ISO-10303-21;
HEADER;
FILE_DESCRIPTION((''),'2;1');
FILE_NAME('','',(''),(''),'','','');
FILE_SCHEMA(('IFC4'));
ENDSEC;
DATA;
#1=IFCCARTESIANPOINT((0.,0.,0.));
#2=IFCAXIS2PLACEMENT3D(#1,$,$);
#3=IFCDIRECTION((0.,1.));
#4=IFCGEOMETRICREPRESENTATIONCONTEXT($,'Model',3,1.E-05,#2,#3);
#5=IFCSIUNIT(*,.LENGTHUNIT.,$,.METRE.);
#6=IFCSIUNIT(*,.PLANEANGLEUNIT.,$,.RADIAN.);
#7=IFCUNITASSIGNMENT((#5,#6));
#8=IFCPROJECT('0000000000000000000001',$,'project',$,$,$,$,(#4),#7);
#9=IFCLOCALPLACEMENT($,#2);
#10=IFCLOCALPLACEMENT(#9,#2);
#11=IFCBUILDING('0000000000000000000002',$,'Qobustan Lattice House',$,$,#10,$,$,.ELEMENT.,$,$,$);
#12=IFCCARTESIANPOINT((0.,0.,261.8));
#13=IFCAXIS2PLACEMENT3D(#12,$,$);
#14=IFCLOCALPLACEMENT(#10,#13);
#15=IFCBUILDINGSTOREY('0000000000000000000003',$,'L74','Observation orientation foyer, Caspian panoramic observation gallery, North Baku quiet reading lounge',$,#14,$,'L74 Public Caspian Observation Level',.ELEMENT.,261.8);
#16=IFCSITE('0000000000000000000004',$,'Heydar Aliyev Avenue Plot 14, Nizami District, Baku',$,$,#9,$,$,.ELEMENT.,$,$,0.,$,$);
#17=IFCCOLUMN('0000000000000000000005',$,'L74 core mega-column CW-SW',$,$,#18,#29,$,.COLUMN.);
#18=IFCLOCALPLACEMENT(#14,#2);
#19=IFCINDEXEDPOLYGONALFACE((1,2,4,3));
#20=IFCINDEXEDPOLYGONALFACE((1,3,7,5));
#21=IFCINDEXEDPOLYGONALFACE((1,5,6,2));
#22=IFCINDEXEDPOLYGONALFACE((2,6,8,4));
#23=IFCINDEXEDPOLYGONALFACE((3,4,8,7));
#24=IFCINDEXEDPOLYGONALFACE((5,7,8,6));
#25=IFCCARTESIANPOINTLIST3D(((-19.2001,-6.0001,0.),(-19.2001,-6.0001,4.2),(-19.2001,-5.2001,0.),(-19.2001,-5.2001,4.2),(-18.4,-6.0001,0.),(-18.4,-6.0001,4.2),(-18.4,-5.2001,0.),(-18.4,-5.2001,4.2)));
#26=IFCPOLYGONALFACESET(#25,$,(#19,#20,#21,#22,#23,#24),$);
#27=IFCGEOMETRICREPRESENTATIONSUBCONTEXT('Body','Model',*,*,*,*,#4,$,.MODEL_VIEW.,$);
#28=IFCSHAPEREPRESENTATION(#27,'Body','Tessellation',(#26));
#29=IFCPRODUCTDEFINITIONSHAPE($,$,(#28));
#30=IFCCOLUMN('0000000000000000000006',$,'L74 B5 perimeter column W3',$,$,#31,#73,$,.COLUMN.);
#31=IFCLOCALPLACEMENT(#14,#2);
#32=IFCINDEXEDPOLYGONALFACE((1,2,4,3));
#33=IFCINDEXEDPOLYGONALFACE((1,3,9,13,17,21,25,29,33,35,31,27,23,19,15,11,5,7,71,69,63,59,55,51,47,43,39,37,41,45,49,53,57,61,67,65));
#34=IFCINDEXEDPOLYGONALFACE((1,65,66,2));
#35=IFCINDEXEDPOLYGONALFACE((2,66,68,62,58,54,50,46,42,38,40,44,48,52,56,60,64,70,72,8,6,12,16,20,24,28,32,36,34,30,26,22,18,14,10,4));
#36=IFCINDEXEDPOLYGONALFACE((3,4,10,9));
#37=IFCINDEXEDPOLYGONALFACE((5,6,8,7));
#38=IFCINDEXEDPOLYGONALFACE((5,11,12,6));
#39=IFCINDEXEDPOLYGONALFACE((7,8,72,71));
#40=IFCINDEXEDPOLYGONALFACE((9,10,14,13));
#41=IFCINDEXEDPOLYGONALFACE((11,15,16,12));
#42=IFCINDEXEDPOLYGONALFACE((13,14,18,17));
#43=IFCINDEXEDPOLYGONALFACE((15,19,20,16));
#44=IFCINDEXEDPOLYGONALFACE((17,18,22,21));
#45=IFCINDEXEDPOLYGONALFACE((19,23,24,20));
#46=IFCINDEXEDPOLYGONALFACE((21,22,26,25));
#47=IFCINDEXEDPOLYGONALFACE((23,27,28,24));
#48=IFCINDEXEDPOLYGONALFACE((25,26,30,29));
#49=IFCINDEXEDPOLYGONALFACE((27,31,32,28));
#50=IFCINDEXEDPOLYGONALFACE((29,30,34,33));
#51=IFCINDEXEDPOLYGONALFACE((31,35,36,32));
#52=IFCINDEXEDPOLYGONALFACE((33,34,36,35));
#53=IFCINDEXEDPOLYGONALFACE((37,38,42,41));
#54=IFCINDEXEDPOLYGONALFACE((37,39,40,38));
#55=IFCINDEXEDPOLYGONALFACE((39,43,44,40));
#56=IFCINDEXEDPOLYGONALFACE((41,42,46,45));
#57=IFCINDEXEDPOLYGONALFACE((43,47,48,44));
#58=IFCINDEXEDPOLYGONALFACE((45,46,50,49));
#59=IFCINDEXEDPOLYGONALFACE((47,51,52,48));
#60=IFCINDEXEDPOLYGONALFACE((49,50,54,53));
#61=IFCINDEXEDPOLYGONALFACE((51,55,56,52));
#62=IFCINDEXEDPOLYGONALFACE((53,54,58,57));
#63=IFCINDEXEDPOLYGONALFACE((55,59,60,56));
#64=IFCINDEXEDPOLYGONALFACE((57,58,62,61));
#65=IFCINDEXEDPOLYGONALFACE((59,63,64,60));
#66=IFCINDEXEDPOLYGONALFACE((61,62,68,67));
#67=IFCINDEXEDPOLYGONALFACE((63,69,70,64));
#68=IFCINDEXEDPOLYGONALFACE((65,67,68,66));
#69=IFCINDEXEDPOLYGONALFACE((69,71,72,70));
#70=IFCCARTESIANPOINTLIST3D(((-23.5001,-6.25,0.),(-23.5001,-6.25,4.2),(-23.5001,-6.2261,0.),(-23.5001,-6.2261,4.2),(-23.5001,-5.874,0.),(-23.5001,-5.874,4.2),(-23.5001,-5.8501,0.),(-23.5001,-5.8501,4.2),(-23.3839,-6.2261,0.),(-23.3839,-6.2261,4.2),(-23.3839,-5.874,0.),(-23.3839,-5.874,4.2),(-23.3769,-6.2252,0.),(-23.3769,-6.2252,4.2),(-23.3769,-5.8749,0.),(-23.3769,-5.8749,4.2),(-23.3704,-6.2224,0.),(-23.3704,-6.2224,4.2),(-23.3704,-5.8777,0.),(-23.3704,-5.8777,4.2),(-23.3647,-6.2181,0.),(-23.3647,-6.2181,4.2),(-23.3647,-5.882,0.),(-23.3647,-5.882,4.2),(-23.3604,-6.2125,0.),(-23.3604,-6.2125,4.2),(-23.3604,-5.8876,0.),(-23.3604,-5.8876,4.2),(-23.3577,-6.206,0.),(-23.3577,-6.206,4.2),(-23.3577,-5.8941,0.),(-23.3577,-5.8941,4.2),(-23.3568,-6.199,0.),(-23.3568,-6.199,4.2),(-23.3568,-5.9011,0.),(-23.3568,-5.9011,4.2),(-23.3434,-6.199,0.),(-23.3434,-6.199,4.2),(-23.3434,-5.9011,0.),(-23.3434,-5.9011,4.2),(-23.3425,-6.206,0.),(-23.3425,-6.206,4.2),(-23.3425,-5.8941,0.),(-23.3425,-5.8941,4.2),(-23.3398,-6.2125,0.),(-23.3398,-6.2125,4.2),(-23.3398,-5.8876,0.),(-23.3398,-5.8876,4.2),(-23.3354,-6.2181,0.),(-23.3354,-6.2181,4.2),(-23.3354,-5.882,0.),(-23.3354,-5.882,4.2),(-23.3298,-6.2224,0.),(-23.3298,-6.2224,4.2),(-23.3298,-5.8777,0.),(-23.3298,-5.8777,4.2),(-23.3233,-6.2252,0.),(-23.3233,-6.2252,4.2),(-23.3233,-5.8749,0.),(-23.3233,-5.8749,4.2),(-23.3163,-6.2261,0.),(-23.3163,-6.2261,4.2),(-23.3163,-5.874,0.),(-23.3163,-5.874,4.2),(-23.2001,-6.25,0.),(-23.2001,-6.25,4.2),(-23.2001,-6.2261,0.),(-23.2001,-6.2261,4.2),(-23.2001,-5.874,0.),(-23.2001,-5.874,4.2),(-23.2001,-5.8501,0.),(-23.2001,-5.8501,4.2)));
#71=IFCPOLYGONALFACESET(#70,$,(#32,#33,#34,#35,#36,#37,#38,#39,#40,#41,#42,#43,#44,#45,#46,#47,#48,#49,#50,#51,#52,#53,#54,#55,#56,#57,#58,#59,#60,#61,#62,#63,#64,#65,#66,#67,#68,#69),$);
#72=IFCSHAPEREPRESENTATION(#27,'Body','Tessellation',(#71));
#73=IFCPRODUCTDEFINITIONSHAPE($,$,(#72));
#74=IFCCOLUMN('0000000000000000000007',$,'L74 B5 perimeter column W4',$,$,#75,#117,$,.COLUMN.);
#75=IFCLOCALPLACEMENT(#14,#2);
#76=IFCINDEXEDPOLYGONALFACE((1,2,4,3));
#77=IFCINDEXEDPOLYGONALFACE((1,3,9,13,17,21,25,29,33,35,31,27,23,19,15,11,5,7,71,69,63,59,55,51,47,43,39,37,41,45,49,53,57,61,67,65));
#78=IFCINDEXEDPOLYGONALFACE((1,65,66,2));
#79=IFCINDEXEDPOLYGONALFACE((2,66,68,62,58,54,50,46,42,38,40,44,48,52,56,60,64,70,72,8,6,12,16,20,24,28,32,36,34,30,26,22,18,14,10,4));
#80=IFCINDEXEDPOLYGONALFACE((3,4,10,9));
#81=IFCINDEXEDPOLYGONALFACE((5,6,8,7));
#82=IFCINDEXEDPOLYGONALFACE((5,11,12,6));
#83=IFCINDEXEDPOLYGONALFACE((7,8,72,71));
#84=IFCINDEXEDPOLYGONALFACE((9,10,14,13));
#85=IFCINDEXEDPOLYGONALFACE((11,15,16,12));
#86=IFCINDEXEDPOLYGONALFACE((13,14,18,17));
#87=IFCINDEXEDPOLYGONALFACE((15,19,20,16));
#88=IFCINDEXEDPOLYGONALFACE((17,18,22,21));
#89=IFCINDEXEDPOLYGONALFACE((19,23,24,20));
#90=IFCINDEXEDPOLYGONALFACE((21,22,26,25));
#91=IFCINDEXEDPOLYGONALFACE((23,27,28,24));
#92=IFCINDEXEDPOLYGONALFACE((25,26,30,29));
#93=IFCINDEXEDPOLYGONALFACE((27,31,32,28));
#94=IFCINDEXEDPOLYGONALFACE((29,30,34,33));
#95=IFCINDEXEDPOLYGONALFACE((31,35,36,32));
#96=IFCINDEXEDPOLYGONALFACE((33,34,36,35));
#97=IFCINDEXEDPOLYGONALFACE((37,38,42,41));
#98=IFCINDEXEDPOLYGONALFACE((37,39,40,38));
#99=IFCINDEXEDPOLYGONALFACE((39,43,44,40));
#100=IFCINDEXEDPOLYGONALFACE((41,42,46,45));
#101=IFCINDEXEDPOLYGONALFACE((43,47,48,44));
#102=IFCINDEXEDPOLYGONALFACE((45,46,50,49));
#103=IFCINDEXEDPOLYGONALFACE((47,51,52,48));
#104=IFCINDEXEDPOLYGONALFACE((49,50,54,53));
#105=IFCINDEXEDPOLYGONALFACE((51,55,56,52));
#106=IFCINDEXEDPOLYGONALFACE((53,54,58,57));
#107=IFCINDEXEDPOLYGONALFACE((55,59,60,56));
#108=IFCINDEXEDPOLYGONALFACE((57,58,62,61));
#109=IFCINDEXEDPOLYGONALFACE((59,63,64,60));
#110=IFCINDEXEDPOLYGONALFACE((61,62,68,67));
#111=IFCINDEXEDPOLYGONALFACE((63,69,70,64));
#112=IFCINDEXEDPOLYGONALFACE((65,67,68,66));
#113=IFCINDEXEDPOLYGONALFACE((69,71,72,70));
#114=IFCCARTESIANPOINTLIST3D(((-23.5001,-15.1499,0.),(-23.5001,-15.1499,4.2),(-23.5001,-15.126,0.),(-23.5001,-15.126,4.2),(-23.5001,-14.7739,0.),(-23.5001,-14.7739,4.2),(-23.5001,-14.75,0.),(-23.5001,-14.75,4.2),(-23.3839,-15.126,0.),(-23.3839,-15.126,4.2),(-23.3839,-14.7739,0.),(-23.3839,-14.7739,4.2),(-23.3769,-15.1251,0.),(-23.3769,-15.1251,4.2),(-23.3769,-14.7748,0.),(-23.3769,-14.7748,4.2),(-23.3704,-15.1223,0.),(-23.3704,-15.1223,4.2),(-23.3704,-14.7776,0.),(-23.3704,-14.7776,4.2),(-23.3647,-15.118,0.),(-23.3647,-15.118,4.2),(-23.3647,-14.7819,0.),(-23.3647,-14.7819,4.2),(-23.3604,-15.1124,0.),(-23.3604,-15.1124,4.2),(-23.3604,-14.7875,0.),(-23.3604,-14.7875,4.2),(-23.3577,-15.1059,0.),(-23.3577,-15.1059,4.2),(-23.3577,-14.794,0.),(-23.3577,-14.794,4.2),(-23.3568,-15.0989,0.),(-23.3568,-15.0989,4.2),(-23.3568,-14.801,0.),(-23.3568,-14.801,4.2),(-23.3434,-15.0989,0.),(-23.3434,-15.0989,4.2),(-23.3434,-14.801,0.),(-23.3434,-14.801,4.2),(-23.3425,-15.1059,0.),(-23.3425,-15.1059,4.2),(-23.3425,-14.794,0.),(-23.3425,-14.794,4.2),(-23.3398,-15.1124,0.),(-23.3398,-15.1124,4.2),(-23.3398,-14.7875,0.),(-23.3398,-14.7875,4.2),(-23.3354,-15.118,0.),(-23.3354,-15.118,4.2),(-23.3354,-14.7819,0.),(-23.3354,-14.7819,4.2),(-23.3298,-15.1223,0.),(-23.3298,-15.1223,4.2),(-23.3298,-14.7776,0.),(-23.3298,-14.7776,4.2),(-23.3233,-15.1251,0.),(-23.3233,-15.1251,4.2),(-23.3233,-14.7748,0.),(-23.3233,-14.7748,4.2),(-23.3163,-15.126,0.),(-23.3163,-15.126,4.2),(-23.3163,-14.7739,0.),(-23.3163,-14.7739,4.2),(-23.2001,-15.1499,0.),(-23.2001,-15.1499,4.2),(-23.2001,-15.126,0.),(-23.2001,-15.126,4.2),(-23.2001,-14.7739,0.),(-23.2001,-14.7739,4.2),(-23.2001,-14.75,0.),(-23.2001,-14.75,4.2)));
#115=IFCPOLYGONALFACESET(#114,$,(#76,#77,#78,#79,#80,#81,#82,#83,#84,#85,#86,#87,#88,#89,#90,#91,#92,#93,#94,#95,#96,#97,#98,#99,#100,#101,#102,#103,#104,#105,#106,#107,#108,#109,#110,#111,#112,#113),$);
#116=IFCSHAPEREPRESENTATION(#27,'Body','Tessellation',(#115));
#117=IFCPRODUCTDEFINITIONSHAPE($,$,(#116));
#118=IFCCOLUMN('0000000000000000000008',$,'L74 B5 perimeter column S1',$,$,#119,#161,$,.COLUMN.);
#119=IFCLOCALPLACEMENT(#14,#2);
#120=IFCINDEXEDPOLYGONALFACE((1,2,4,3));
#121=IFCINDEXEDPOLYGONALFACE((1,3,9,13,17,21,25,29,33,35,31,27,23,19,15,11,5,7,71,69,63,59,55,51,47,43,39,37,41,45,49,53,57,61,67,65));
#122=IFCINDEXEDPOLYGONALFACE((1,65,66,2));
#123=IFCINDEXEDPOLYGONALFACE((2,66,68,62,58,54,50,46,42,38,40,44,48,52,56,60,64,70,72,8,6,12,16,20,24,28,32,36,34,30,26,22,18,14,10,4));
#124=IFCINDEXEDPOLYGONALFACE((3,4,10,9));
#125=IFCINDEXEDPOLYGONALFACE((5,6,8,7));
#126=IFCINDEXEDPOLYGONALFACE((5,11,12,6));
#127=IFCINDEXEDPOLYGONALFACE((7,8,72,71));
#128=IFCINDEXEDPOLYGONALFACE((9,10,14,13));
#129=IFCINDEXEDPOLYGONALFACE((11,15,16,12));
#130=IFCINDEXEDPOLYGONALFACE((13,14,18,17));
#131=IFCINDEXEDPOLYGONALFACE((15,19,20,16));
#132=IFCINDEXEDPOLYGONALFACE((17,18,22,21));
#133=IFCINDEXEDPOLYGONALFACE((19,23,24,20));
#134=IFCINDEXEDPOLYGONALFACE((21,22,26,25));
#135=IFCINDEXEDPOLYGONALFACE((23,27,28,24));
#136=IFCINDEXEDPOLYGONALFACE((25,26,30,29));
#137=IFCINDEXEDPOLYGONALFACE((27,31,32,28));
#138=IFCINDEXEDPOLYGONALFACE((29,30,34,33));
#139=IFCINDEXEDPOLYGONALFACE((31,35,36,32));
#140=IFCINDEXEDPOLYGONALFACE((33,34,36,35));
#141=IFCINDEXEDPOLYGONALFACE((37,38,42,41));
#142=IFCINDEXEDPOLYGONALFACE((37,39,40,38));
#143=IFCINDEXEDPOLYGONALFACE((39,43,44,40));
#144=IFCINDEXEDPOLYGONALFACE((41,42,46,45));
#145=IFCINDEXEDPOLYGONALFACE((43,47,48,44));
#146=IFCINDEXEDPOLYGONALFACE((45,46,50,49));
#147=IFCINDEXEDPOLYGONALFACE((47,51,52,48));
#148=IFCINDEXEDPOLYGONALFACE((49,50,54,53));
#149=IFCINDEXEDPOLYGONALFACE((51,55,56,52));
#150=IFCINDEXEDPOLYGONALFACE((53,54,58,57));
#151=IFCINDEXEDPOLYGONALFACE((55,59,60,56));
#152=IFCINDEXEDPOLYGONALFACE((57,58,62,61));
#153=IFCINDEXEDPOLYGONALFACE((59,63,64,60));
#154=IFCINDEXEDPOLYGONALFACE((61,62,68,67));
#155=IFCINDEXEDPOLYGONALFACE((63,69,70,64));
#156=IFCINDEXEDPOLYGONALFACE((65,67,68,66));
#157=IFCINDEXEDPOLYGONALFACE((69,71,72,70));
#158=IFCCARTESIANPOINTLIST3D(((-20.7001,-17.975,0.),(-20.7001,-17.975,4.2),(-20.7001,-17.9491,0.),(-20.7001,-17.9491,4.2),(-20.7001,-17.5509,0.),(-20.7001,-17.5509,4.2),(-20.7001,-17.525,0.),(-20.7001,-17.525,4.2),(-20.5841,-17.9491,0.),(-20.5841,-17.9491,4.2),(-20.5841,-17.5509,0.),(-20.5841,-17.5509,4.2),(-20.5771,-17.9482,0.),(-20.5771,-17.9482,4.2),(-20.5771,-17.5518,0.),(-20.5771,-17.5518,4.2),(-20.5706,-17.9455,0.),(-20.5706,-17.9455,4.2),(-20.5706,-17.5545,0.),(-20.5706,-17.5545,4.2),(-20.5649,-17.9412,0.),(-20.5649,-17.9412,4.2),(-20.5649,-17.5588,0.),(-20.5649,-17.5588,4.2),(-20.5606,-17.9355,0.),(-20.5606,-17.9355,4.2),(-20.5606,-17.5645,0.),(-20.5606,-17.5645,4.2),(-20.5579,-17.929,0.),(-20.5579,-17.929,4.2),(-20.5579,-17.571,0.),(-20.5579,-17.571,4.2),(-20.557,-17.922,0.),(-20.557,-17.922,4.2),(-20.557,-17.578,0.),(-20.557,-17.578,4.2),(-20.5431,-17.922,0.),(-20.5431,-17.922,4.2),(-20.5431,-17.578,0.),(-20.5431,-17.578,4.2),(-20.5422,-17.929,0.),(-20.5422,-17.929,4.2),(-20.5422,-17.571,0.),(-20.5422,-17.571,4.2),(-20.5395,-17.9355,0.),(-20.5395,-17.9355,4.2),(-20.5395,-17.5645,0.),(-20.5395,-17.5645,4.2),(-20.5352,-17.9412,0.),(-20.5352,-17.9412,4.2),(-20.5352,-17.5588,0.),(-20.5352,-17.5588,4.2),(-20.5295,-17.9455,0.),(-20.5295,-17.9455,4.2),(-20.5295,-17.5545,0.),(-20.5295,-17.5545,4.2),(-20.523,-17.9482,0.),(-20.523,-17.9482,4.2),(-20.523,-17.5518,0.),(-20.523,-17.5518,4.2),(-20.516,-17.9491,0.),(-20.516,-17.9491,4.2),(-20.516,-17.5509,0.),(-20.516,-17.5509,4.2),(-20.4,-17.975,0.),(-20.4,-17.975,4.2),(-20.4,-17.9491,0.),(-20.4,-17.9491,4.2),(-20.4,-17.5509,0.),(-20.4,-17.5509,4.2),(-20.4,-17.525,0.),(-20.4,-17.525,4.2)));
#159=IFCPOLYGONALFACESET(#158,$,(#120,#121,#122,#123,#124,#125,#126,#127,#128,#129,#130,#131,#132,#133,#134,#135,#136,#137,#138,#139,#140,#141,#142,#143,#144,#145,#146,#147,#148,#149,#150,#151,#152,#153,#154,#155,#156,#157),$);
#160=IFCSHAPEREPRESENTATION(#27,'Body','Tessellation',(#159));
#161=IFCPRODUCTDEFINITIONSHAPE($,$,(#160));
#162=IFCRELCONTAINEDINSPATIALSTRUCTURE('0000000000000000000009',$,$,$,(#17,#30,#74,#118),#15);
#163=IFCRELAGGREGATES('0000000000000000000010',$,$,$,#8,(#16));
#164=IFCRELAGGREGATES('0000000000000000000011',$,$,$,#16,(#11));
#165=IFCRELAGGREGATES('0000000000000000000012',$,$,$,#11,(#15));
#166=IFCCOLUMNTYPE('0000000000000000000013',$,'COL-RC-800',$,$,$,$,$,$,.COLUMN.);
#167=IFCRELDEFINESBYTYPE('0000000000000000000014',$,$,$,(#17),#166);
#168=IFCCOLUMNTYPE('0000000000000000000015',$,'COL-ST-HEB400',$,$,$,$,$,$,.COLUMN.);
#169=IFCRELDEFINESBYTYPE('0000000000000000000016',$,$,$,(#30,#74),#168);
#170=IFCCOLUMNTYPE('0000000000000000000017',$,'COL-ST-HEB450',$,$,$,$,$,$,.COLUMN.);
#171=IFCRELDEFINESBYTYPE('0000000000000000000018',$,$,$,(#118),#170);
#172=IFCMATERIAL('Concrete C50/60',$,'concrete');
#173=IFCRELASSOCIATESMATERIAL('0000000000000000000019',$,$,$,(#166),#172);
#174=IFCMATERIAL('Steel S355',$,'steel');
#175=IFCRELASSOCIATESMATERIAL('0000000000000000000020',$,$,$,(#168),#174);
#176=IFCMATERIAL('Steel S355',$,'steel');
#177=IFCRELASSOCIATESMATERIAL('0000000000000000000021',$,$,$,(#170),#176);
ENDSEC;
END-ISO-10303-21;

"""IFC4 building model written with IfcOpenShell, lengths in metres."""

from ifc_helpers import new_model, si_unit, direction, frame, origin, origin_2d, place, context, subcontext, project, spatial, rectangle, i_section, extrude, material, material_profile, profile_set, type_object, element, save


model = new_model("IFC4")

# Units and contexts
model_context = context("Model", 3, precision=1e-05, world=origin(), true_north=direction((0.0, 1.0)))
body_context = subcontext(model_context, "Body", "Model", "MODEL_VIEW")
ifc_project = project(units=[si_unit("LENGTHUNIT", "METRE"), si_unit("PLANEANGLEUNIT", "RADIAN")], contexts=[model_context])

# Site, building, storey
site_placement = place(None, origin())
site = spatial("IfcSite", under=ifc_project, at=site_placement, Name="Heydar Aliyev Avenue Plot 14, Nizami District, Baku", CompositionType="ELEMENT", RefElevation=0.0)
building_placement = place(site_placement, origin())
building = spatial("IfcBuilding", under=site, at=building_placement, Name="Qobustan Lattice House", CompositionType="ELEMENT")
storey_placement = place(building_placement, frame((0.0, 0.0, 261.8)))
storey = spatial("IfcBuildingStorey", under=building, at=storey_placement, Name="L74", Description="Observation orientation foyer, Caspian panoramic observation gallery, North Baku quiet reading lounge", LongName="L74 Public Caspian Observation Level", CompositionType="ELEMENT", Elevation=261.8)

# Columns
ifc_material_1 = material(Name="Concrete C50/60", Category="concrete")
ifc_material_profile_1 = material_profile(ifc_material_1, rectangle(XDim=0.8, YDim=0.8, at=origin_2d()), Name="RC800x800")
ifc_profile_set_1 = profile_set([ifc_material_profile_1], Name="Concrete C50/60")
column_type_1 = type_object("IfcColumnType", Name="COL-RC-800", PredefinedType="COLUMN", material=ifc_profile_set_1)
column_1_placement = place(storey_placement, frame((-18.8, -5.6001, 0.0), z_axis=(0.0, 0.0, 1.0), x_axis=(1.0, 0.0, 0.0)))
element("IfcColumn", 1, at=column_1_placement, inside=storey, type_object=column_type_1, Name="L74 core mega-column CW-SW", PredefinedType="COLUMN", context=body_context, shape_type="SweptSolid", body=[
    extrude(rectangle(XDim=0.8, YDim=0.8, at=origin_2d()), origin(), (0.0, 0.0, 1.0), 4.2),
])
ifc_material_2 = material(Name="Steel S355", Category="steel")
ifc_material_profile_2 = material_profile(ifc_material_2, i_section(OverallWidth=0.3, OverallDepth=0.3999, WebThickness=0.0134, FlangeThickness=0.0239, FilletRadius=0.0271, at=origin_2d()), Name="HEB400")
ifc_profile_set_2 = profile_set([ifc_material_profile_2], Name="Steel S355")
column_type_2 = type_object("IfcColumnType", Name="COL-ST-HEB400", PredefinedType="COLUMN", material=ifc_profile_set_2)
for number, where, z_axis, x_axis, name in (
    (2, (-23.3501, -6.05, 0.0), (0.0, 0.0, 1.0), (1.0, 0.0, 0.0), "L74 B5 perimeter column W3"),
    (3, (-23.3501, -14.95, 0.0), (0.0, 0.0, 1.0), (1.0, 0.0, 0.0), "L74 B5 perimeter column W4"),
):
    element("IfcColumn", number, at=place(storey_placement, frame(where, z_axis=z_axis, x_axis=x_axis)), inside=storey, type_object=column_type_2, Name=name, PredefinedType="COLUMN", context=body_context, shape_type="SweptSolid", body=[
        extrude(i_section(OverallWidth=0.3, OverallDepth=0.3999, WebThickness=0.0134, FlangeThickness=0.0239, FilletRadius=0.0271, at=origin_2d()), origin(), (0.0, 0.0, 1.0), 4.2),
    ])
ifc_material_3 = material(Name="Steel S355", Category="steel")
ifc_material_profile_3 = material_profile(ifc_material_3, i_section(OverallWidth=0.3, OverallDepth=0.45, WebThickness=0.0139, FlangeThickness=0.0259, FilletRadius=0.0271, at=origin_2d()), Name="HEB450")
ifc_profile_set_3 = profile_set([ifc_material_profile_3], Name="Steel S355")
column_type_3 = type_object("IfcColumnType", Name="COL-ST-HEB450", PredefinedType="COLUMN", material=ifc_profile_set_3)
column_2_placement = place(storey_placement, frame((-20.55, -17.75, 0.0), z_axis=(0.0, 0.0, 1.0), x_axis=(1.0, 0.0, 0.0)))
element("IfcColumn", 4, at=column_2_placement, inside=storey, type_object=column_type_3, Name="L74 B5 perimeter column S1", PredefinedType="COLUMN", context=body_context, shape_type="SweptSolid", body=[
    extrude(i_section(OverallWidth=0.3, OverallDepth=0.45, WebThickness=0.0139, FlangeThickness=0.0259, FilletRadius=0.0271, at=origin_2d()), origin(), (0.0, 0.0, 1.0), 4.2),
])

save(model, "model.ifc")
